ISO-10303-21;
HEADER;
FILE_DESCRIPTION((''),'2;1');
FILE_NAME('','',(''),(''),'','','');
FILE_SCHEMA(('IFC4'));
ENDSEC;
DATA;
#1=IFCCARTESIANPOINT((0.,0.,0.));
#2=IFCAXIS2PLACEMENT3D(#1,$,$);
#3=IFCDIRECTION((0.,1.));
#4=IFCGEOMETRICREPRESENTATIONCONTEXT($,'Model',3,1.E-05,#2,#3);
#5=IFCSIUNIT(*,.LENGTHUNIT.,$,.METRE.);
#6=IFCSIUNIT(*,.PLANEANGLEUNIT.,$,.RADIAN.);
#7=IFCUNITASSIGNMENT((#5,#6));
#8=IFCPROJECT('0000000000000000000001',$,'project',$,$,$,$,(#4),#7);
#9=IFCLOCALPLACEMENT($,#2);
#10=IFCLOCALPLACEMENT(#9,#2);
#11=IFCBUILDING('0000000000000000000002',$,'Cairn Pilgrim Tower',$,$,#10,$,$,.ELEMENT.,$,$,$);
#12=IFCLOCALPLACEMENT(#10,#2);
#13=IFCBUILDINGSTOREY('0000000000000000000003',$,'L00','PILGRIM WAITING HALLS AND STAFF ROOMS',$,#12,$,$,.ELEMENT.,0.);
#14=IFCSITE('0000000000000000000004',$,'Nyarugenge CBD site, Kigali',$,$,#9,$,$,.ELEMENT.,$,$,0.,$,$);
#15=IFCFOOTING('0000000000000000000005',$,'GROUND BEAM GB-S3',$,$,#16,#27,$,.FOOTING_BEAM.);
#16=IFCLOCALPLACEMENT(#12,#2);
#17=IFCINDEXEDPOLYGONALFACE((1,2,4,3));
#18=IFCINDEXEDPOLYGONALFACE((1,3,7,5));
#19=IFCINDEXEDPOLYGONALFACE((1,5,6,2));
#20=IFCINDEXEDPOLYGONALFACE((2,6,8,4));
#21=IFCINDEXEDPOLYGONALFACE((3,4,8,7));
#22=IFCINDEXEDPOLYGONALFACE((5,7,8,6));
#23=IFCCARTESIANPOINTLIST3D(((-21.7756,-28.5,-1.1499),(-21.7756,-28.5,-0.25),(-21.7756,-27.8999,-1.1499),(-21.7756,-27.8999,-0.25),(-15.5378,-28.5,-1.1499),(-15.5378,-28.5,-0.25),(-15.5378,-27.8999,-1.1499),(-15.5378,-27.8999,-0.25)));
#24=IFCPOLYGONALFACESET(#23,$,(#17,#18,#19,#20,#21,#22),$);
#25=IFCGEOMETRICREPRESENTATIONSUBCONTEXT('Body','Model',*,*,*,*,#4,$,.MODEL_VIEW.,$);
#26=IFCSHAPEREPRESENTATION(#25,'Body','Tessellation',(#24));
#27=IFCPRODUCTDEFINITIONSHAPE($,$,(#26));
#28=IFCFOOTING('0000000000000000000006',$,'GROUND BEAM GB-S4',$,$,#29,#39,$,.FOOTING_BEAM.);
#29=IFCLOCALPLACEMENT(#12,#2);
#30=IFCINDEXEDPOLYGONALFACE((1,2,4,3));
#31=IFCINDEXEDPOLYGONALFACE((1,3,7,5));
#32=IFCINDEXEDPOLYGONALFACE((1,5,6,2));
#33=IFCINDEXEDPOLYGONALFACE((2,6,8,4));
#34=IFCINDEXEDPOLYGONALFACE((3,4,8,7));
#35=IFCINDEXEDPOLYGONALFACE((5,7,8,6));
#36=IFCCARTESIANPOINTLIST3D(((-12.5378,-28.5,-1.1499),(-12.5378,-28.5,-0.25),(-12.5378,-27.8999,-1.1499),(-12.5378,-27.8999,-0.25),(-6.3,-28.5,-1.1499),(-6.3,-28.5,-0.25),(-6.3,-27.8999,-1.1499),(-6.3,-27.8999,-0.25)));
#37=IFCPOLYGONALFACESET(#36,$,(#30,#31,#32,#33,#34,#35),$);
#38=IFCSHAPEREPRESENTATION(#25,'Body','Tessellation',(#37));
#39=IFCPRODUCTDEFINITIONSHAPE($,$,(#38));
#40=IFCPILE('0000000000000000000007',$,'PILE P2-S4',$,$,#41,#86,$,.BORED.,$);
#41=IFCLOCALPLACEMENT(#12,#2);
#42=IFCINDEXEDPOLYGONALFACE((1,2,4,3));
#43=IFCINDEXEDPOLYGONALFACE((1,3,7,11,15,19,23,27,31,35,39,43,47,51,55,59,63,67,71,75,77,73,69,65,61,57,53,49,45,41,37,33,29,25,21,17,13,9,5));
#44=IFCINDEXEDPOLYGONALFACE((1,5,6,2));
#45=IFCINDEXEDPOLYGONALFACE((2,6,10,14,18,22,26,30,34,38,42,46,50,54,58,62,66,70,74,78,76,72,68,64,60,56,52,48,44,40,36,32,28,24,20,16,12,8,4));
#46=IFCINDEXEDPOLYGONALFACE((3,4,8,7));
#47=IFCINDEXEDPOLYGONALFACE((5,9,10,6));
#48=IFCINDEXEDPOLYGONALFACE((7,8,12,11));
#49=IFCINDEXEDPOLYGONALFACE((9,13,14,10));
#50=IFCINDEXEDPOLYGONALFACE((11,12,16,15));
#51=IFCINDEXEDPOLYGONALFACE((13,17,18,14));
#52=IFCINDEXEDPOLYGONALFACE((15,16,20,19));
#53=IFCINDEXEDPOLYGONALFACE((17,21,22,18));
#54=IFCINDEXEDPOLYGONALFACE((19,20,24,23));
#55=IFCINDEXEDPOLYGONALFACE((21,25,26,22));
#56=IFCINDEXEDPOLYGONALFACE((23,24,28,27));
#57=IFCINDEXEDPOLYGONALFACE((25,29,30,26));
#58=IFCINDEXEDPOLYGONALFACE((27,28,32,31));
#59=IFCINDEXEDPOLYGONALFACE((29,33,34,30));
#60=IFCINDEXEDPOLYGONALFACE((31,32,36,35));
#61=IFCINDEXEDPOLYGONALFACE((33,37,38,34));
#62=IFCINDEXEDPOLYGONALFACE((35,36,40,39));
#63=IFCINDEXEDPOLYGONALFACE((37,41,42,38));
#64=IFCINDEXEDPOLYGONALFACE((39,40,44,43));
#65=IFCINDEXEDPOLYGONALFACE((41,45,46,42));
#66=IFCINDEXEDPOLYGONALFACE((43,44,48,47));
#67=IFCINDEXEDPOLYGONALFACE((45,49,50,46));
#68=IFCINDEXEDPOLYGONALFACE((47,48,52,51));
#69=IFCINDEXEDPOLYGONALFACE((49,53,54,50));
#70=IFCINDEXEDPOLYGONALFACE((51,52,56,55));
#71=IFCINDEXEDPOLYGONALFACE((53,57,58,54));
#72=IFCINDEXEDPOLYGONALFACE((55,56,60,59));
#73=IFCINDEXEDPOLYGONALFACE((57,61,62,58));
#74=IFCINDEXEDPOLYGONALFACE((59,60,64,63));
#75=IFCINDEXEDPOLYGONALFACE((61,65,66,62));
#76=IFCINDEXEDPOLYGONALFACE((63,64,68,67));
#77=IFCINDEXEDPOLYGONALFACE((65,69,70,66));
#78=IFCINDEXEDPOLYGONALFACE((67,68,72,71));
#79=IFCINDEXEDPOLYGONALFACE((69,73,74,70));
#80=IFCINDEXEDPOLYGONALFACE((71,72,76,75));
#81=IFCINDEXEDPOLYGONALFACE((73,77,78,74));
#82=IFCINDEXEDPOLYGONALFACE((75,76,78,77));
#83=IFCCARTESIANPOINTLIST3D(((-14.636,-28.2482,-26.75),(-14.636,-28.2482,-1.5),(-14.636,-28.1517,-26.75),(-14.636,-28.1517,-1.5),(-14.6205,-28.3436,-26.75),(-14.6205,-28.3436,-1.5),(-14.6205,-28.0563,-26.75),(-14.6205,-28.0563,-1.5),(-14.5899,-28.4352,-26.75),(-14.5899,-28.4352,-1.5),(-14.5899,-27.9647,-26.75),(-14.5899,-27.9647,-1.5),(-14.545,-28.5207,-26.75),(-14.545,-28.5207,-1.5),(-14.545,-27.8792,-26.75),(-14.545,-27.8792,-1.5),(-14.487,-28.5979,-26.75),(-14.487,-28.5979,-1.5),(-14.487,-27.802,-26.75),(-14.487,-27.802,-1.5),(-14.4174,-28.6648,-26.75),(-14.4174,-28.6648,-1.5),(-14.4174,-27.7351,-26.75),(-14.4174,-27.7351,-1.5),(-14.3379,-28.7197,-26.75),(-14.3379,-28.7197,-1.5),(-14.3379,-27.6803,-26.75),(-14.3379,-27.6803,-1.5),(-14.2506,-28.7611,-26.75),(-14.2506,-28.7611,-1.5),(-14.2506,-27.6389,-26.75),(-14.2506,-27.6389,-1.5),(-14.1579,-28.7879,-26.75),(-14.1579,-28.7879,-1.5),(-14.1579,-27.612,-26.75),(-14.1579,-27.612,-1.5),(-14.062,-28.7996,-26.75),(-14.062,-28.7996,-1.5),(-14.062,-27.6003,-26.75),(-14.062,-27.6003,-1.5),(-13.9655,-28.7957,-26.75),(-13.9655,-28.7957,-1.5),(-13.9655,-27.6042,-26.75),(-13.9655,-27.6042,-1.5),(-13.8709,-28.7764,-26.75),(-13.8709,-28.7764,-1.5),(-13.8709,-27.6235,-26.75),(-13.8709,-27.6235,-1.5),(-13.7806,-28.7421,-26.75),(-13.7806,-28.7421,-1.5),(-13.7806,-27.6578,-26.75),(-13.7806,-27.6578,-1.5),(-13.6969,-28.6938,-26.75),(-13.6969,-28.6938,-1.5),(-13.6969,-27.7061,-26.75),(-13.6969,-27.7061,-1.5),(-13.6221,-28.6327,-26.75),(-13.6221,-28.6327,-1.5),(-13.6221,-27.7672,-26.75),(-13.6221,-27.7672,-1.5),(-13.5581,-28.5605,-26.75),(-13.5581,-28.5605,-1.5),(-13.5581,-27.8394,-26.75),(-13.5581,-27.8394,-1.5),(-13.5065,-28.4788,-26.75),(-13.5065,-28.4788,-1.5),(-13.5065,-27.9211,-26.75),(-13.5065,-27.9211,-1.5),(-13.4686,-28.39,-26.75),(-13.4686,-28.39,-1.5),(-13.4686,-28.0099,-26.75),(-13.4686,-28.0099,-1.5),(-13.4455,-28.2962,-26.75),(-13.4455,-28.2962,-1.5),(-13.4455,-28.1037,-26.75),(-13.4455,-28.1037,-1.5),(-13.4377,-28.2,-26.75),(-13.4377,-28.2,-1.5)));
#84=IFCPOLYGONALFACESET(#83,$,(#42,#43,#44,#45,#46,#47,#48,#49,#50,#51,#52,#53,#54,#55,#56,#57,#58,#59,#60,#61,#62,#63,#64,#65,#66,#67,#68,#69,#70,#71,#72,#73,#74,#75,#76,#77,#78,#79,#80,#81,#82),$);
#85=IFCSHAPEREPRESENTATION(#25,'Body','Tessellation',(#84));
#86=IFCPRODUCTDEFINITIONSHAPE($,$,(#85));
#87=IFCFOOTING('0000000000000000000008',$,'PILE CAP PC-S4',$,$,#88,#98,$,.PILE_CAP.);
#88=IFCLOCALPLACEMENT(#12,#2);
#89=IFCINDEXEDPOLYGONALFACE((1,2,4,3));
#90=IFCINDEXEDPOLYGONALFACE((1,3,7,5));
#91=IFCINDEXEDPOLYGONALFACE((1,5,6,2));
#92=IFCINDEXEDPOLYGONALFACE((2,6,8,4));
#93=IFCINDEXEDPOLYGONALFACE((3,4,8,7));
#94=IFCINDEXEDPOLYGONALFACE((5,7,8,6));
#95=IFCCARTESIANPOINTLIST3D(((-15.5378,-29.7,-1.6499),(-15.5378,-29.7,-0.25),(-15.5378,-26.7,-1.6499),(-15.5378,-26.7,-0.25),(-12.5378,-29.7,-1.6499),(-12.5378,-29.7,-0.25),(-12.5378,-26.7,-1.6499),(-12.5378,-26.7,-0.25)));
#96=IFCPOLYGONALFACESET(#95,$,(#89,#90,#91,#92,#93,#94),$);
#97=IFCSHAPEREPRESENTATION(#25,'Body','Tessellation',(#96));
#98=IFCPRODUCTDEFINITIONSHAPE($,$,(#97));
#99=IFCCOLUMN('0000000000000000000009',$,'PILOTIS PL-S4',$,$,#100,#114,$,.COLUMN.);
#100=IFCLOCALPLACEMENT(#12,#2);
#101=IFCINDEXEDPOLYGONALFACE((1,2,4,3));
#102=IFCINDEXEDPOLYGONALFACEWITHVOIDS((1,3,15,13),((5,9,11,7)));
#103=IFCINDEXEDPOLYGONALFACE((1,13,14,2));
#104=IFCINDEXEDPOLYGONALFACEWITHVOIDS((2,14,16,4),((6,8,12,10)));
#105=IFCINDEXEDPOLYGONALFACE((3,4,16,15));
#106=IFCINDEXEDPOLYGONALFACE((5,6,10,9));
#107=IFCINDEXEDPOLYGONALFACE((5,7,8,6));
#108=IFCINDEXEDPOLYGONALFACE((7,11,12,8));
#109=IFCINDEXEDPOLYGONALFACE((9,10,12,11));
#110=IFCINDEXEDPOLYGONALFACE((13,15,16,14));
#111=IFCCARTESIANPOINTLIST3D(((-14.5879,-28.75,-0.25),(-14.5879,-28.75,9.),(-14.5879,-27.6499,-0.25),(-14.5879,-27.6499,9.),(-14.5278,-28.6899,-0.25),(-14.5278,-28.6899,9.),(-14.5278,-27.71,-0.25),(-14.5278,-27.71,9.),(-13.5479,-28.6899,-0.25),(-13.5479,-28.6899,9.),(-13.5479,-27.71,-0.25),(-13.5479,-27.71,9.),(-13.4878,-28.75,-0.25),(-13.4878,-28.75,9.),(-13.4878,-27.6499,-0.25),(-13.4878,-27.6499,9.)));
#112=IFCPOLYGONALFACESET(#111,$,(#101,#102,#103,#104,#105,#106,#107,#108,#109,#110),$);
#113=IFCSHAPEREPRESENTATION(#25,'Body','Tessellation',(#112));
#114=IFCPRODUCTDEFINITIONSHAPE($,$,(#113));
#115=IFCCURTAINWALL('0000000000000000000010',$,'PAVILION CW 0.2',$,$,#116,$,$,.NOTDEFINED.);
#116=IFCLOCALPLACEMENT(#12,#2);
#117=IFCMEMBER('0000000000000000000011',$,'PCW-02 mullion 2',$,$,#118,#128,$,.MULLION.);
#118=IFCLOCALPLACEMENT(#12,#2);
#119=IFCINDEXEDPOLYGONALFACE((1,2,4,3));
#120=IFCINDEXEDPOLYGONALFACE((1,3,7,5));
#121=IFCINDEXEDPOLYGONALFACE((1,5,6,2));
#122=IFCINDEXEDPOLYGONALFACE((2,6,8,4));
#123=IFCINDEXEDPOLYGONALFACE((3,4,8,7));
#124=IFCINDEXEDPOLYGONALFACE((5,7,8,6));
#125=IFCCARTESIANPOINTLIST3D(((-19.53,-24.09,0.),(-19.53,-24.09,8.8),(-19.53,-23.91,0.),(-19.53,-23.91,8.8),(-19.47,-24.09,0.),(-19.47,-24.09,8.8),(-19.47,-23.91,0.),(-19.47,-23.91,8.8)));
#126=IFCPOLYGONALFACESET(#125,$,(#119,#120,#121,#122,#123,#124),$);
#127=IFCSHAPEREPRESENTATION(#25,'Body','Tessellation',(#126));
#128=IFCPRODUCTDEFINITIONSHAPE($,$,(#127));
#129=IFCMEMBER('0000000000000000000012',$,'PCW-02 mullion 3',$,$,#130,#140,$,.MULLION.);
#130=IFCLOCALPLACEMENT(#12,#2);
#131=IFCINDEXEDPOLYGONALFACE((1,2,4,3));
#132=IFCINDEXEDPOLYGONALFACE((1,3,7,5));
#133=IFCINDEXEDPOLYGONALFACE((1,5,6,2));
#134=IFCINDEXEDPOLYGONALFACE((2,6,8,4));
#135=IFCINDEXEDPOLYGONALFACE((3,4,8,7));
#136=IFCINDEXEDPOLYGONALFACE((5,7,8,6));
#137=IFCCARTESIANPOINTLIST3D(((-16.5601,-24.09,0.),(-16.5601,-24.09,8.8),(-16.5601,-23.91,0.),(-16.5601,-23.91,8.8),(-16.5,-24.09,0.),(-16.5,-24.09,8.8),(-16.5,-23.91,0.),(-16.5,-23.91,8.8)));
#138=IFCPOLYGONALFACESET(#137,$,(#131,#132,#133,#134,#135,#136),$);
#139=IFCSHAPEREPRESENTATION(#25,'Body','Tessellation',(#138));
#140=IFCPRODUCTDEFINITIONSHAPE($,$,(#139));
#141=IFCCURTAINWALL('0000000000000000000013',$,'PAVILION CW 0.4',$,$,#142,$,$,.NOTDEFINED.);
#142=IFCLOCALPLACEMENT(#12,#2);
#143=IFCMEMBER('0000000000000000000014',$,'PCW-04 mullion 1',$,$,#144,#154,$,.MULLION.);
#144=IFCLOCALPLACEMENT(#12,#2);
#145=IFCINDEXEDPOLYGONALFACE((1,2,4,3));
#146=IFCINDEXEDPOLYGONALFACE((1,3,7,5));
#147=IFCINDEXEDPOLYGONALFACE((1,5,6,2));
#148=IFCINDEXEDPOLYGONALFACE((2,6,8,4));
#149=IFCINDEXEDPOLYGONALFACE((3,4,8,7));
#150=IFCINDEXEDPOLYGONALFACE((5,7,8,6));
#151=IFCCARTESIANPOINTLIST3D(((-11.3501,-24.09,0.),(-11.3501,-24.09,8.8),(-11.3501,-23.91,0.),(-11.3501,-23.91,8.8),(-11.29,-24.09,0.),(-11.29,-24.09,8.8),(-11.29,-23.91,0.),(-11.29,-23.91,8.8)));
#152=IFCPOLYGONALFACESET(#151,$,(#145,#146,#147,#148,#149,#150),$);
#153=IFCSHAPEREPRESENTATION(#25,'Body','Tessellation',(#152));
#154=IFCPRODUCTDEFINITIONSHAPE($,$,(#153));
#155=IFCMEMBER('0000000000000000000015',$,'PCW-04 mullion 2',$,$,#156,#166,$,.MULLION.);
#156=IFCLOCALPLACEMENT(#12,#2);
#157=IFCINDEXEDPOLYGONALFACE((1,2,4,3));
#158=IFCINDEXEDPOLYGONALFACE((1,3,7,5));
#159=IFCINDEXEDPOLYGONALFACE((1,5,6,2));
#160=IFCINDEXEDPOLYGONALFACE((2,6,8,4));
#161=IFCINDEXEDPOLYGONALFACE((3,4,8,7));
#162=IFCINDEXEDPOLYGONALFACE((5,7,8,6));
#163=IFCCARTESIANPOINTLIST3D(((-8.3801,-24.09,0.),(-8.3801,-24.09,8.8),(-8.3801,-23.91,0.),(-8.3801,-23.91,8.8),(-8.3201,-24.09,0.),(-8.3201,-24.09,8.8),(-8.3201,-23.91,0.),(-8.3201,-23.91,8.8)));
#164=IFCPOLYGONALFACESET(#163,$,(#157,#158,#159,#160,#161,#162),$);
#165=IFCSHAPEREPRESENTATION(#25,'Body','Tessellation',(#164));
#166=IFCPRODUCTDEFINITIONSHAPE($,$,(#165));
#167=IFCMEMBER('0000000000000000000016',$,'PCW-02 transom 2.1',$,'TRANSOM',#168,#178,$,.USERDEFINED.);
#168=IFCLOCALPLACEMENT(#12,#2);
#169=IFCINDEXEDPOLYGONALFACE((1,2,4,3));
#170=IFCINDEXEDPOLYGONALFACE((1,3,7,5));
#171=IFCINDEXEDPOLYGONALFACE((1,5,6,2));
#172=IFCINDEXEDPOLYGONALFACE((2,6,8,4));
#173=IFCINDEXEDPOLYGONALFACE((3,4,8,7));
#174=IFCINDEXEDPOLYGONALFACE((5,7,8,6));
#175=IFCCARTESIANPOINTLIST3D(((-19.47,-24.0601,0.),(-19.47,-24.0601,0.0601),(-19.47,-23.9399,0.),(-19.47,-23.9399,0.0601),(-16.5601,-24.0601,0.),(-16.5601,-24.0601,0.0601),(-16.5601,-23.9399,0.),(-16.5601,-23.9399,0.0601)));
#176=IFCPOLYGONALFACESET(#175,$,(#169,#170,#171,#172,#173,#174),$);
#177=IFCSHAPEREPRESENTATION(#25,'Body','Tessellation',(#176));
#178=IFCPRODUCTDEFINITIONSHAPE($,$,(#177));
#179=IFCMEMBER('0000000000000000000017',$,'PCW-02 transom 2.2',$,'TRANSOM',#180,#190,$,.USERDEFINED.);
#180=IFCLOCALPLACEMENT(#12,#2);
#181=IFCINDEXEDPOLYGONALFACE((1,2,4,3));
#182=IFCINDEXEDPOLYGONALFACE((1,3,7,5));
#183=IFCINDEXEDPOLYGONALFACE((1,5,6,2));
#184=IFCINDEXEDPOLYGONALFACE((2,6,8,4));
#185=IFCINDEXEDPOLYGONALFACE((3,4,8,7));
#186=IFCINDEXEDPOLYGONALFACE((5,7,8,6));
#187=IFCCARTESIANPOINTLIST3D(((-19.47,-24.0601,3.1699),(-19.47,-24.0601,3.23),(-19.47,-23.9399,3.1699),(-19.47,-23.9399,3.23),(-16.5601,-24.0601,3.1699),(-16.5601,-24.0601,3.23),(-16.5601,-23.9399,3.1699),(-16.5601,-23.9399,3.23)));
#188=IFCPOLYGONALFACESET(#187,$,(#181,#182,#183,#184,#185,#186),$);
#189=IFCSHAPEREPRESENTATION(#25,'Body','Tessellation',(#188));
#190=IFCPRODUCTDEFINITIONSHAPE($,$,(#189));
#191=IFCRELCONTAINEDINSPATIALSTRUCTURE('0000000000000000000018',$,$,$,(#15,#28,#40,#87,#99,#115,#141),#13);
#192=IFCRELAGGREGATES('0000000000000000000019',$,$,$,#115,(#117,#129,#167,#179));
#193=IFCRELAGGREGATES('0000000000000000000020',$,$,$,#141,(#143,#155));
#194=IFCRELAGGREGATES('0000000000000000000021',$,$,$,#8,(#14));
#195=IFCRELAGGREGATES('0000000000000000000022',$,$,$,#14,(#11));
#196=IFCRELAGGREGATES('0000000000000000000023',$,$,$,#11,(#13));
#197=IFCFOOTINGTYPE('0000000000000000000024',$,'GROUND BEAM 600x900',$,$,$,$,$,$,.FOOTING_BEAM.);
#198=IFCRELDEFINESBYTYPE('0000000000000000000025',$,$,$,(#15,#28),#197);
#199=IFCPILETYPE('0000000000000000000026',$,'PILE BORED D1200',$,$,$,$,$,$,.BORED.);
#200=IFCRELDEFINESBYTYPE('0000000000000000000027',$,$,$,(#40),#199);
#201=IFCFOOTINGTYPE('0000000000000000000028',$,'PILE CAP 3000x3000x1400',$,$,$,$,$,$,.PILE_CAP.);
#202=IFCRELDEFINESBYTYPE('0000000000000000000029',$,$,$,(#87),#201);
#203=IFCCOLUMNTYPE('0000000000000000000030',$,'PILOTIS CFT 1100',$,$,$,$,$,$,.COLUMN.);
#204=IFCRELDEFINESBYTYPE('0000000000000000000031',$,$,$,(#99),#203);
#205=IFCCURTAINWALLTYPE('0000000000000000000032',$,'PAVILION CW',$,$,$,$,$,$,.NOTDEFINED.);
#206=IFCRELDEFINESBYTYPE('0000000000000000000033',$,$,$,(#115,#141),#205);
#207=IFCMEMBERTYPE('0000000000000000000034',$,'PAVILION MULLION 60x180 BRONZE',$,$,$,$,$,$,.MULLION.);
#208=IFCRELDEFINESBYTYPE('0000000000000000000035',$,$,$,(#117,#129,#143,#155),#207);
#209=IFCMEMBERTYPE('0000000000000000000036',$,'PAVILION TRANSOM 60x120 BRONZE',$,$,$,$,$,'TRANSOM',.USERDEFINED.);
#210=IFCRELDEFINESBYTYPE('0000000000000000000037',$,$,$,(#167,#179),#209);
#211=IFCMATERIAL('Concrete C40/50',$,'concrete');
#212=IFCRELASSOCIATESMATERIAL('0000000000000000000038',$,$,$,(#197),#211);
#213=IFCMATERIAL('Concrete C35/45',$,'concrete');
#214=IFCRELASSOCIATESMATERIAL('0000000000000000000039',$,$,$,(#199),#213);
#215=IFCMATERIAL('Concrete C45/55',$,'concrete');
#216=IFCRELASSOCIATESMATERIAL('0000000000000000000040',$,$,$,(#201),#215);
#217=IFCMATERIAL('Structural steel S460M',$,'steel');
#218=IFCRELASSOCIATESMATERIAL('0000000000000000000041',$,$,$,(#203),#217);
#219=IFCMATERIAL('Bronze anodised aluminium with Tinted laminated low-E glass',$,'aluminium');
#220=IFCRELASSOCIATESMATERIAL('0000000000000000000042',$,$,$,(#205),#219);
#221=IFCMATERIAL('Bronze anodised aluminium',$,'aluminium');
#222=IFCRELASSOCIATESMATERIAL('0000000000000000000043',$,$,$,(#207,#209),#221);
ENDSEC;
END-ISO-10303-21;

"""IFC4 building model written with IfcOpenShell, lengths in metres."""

from ifc_helpers import new_model, si_unit, direction, frame, origin, origin_2d, place, context, subcontext, project, spatial, rectangle, hollow_rectangle, circle, extrude, material, material_profile, profile_set, type_object, element, aggregate, save


model = new_model("IFC4")

# Units and contexts
model_context = context("Model", 3, precision=1e-05, world=origin(), true_north=direction((0.0, 1.0)))
body_context = subcontext(model_context, "Body", "Model", "MODEL_VIEW")
ifc_project = project(units=[si_unit("LENGTHUNIT", "METRE"), si_unit("PLANEANGLEUNIT", "RADIAN")], contexts=[model_context])

# Site, building, storey
site_placement = place(None, origin())
site = spatial("IfcSite", under=ifc_project, at=site_placement, Name="Nyarugenge CBD site, Kigali", CompositionType="ELEMENT", RefElevation=0.0)
building_placement = place(site_placement, origin())
building = spatial("IfcBuilding", under=site, at=building_placement, Name="Cairn Pilgrim Tower", CompositionType="ELEMENT")
storey_placement = place(building_placement, origin())
storey = spatial("IfcBuildingStorey", under=building, at=storey_placement, Name="L00", Description="PILGRIM WAITING HALLS AND STAFF ROOMS", CompositionType="ELEMENT", Elevation=0.0)

# Footings
ifc_material_1 = material(Name="Concrete C40/50", Category="concrete")
footing_type_1 = type_object("IfcFootingType", Name="GROUND BEAM 600x900", PredefinedType="FOOTING_BEAM", material=ifc_material_1)
for number, where, z_axis, x_axis, name in (
    (1, (-18.6567, -28.2, -1.1499), (0.0, 0.0, 1.0), (1.0, 0.0, 0.0), "GROUND BEAM GB-S3"),
    (2, (-9.4189, -28.2, -1.1499), (0.0, 0.0, 1.0), (1.0, 0.0, 0.0), "GROUND BEAM GB-S4"),
):
    element("IfcFooting", number, at=place(storey_placement, frame(where, z_axis=z_axis, x_axis=x_axis)), inside=storey, type_object=footing_type_1, Name=name, PredefinedType="FOOTING_BEAM", context=body_context, shape_type="SweptSolid", body=[
        extrude(rectangle(XDim=6.2378, YDim=0.6001, at=origin_2d()), origin(), (0.0, 0.0, 1.0), 0.8999),
    ])

# Pile
ifc_material_2 = material(Name="Concrete C35/45", Category="concrete")
ifc_material_profile_1 = material_profile(ifc_material_2, circle(Radius=0.6001, at=origin_2d()), Name="D1200")
ifc_profile_set_1 = profile_set([ifc_material_profile_1], Name="Concrete C35/45")
pile_type = type_object("IfcPileType", Name="PILE BORED D1200", PredefinedType="BORED", material=ifc_profile_set_1)
pile_placement = place(storey_placement, frame((-14.0378, -28.2, -1.5), z_axis=(0.0, 0.0, -1.0), x_axis=(1.0, 0.0, 0.0)))
element("IfcPile", 3, at=pile_placement, inside=storey, type_object=pile_type, Name="PILE P2-S4", PredefinedType="BORED", context=body_context, shape_type="SweptSolid", body=[
    extrude(circle(Radius=0.6001, at=origin_2d()), origin(), (0.0, 0.0, 1.0), 25.25),
])

# Footing
ifc_material_3 = material(Name="Concrete C45/55", Category="concrete")
footing_type_2 = type_object("IfcFootingType", Name="PILE CAP 3000x3000x1400", PredefinedType="PILE_CAP", material=ifc_material_3)
footing_placement = place(storey_placement, frame((-14.0378, -28.2, -1.6499), z_axis=(0.0, 0.0, 1.0), x_axis=(1.0, 0.0, 0.0)))
element("IfcFooting", 4, at=footing_placement, inside=storey, type_object=footing_type_2, Name="PILE CAP PC-S4", PredefinedType="PILE_CAP", context=body_context, shape_type="SweptSolid", body=[
    extrude(rectangle(XDim=3.0, YDim=3.0, at=origin_2d()), origin(), (0.0, 0.0, 1.0), 1.3999),
])

# Column
ifc_material_4 = material(Name="Structural steel S460M", Category="steel")
ifc_material_profile_2 = material_profile(ifc_material_4, hollow_rectangle(XDim=1.1001, YDim=1.1001, WallThickness=0.0601, at=origin_2d()), Name="BOX 1100x1100x60")
ifc_profile_set_2 = profile_set([ifc_material_profile_2], Name="Structural steel S460M")
column_type = type_object("IfcColumnType", Name="PILOTIS CFT 1100", PredefinedType="COLUMN", material=ifc_profile_set_2)
column_placement = place(storey_placement, frame((-14.0378, -28.2, -0.25), z_axis=(0.0, 0.0, 1.0), x_axis=(1.0, 0.0, 0.0)))
element("IfcColumn", 5, at=column_placement, inside=storey, type_object=column_type, Name="PILOTIS PL-S4", PredefinedType="COLUMN", context=body_context, shape_type="SweptSolid", body=[
    extrude(hollow_rectangle(XDim=1.1001, YDim=1.1001, WallThickness=0.0601, at=origin_2d()), origin(), (0.0, 0.0, 1.0), 9.25),
])

# Curtain walls, members
ifc_material_5 = material(Name="Bronze anodised aluminium with Tinted laminated low-E glass", Category="aluminium")
curtain_wall_type = type_object("IfcCurtainWallType", Name="PAVILION CW", PredefinedType="NOTDEFINED", material=ifc_material_5)
curtain_wall_1_placement = place(storey_placement, origin())
curtain_wall_1 = element("IfcCurtainWall", 6, at=curtain_wall_1_placement, inside=storey, type_object=curtain_wall_type, Name="PAVILION CW 0.2", PredefinedType="NOTDEFINED")
ifc_material_6 = material(Name="Bronze anodised aluminium", Category="aluminium")
ifc_material_profile_3 = material_profile(ifc_material_6, rectangle(XDim=0.1799, YDim=0.0601, at=origin_2d()), Name="PAVILION MULLION 60x180 BRONZE")
ifc_profile_set_3 = profile_set([ifc_material_profile_3], Name="Bronze anodised aluminium")
member_type_1 = type_object("IfcMemberType", Name="PAVILION MULLION 60x180 BRONZE", PredefinedType="MULLION", material=ifc_profile_set_3)
member_1_placement = place(storey_placement, frame((-19.5, -24.0, 0.0), z_axis=(0.0, 0.0, 1.0), x_axis=(0.0, 1.0, 0.0)))
member_1 = element("IfcMember", 7, at=member_1_placement, type_object=member_type_1, Name="PCW-02 mullion 2", PredefinedType="MULLION", context=body_context, shape_type="SweptSolid", body=[
    extrude(rectangle(XDim=0.1799, YDim=0.0601, at=origin_2d()), origin(), (0.0, 0.0, 1.0), 8.8),
])
member_2_placement = place(storey_placement, frame((-16.53, -24.0, 0.0), z_axis=(0.0, 0.0, 1.0), x_axis=(0.0, 1.0, 0.0)))
member_2 = element("IfcMember", 8, at=member_2_placement, type_object=member_type_1, Name="PCW-02 mullion 3", PredefinedType="MULLION", context=body_context, shape_type="SweptSolid", body=[
    extrude(rectangle(XDim=0.1799, YDim=0.0601, at=origin_2d()), origin(), (0.0, 0.0, 1.0), 8.8),
])
curtain_wall_2_placement = place(storey_placement, origin())
curtain_wall_2 = element("IfcCurtainWall", 9, at=curtain_wall_2_placement, inside=storey, type_object=curtain_wall_type, Name="PAVILION CW 0.4", PredefinedType="NOTDEFINED")
member_3_placement = place(storey_placement, frame((-11.3201, -24.0, 0.0), z_axis=(0.0, 0.0, 1.0), x_axis=(0.0, 1.0, 0.0)))
member_3 = element("IfcMember", 10, at=member_3_placement, type_object=member_type_1, Name="PCW-04 mullion 1", PredefinedType="MULLION", context=body_context, shape_type="SweptSolid", body=[
    extrude(rectangle(XDim=0.1799, YDim=0.0601, at=origin_2d()), origin(), (0.0, 0.0, 1.0), 8.8),
])
member_4_placement = place(storey_placement, frame((-8.3501, -24.0, 0.0), z_axis=(0.0, 0.0, 1.0), x_axis=(0.0, 1.0, 0.0)))
member_4 = element("IfcMember", 11, at=member_4_placement, type_object=member_type_1, Name="PCW-04 mullion 2", PredefinedType="MULLION", context=body_context, shape_type="SweptSolid", body=[
    extrude(rectangle(XDim=0.1799, YDim=0.0601, at=origin_2d()), origin(), (0.0, 0.0, 1.0), 8.8),
])

# Members
ifc_material_profile_4 = material_profile(ifc_material_6, rectangle(XDim=0.1201, YDim=0.0601, at=origin_2d()), Name="PAVILION TRANSOM 60x120 BRONZE")
ifc_profile_set_4 = profile_set([ifc_material_profile_4], Name="Bronze anodised aluminium")
member_type_2 = type_object("IfcMemberType", Name="PAVILION TRANSOM 60x120 BRONZE", ElementType="TRANSOM", PredefinedType="USERDEFINED", material=ifc_profile_set_4)
member_5_placement = place(storey_placement, frame((-19.47, -24.0, 0.03), z_axis=(1.0, 0.0, 0.0), x_axis=(0.0, 1.0, 0.0)))
member_5 = element("IfcMember", 12, at=member_5_placement, type_object=member_type_2, Name="PCW-02 transom 2.1", ObjectType="TRANSOM", PredefinedType="USERDEFINED", context=body_context, shape_type="SweptSolid", body=[
    extrude(rectangle(XDim=0.1201, YDim=0.0601, at=origin_2d()), origin(), (0.0, 0.0, 1.0), 2.9099),
])
member_6_placement = place(storey_placement, frame((-19.47, -24.0, 3.2), z_axis=(1.0, 0.0, 0.0), x_axis=(0.0, 1.0, 0.0)))
member_6 = element("IfcMember", 13, at=member_6_placement, type_object=member_type_2, Name="PCW-02 transom 2.2", ObjectType="TRANSOM", PredefinedType="USERDEFINED", context=body_context, shape_type="SweptSolid", body=[
    extrude(rectangle(XDim=0.1201, YDim=0.0601, at=origin_2d()), origin(), (0.0, 0.0, 1.0), 2.9099),
])

aggregate(curtain_wall_1, [member_1, member_2, member_5, member_6])
aggregate(curtain_wall_2, [member_3, member_4])

save(model, "model.ifc")
